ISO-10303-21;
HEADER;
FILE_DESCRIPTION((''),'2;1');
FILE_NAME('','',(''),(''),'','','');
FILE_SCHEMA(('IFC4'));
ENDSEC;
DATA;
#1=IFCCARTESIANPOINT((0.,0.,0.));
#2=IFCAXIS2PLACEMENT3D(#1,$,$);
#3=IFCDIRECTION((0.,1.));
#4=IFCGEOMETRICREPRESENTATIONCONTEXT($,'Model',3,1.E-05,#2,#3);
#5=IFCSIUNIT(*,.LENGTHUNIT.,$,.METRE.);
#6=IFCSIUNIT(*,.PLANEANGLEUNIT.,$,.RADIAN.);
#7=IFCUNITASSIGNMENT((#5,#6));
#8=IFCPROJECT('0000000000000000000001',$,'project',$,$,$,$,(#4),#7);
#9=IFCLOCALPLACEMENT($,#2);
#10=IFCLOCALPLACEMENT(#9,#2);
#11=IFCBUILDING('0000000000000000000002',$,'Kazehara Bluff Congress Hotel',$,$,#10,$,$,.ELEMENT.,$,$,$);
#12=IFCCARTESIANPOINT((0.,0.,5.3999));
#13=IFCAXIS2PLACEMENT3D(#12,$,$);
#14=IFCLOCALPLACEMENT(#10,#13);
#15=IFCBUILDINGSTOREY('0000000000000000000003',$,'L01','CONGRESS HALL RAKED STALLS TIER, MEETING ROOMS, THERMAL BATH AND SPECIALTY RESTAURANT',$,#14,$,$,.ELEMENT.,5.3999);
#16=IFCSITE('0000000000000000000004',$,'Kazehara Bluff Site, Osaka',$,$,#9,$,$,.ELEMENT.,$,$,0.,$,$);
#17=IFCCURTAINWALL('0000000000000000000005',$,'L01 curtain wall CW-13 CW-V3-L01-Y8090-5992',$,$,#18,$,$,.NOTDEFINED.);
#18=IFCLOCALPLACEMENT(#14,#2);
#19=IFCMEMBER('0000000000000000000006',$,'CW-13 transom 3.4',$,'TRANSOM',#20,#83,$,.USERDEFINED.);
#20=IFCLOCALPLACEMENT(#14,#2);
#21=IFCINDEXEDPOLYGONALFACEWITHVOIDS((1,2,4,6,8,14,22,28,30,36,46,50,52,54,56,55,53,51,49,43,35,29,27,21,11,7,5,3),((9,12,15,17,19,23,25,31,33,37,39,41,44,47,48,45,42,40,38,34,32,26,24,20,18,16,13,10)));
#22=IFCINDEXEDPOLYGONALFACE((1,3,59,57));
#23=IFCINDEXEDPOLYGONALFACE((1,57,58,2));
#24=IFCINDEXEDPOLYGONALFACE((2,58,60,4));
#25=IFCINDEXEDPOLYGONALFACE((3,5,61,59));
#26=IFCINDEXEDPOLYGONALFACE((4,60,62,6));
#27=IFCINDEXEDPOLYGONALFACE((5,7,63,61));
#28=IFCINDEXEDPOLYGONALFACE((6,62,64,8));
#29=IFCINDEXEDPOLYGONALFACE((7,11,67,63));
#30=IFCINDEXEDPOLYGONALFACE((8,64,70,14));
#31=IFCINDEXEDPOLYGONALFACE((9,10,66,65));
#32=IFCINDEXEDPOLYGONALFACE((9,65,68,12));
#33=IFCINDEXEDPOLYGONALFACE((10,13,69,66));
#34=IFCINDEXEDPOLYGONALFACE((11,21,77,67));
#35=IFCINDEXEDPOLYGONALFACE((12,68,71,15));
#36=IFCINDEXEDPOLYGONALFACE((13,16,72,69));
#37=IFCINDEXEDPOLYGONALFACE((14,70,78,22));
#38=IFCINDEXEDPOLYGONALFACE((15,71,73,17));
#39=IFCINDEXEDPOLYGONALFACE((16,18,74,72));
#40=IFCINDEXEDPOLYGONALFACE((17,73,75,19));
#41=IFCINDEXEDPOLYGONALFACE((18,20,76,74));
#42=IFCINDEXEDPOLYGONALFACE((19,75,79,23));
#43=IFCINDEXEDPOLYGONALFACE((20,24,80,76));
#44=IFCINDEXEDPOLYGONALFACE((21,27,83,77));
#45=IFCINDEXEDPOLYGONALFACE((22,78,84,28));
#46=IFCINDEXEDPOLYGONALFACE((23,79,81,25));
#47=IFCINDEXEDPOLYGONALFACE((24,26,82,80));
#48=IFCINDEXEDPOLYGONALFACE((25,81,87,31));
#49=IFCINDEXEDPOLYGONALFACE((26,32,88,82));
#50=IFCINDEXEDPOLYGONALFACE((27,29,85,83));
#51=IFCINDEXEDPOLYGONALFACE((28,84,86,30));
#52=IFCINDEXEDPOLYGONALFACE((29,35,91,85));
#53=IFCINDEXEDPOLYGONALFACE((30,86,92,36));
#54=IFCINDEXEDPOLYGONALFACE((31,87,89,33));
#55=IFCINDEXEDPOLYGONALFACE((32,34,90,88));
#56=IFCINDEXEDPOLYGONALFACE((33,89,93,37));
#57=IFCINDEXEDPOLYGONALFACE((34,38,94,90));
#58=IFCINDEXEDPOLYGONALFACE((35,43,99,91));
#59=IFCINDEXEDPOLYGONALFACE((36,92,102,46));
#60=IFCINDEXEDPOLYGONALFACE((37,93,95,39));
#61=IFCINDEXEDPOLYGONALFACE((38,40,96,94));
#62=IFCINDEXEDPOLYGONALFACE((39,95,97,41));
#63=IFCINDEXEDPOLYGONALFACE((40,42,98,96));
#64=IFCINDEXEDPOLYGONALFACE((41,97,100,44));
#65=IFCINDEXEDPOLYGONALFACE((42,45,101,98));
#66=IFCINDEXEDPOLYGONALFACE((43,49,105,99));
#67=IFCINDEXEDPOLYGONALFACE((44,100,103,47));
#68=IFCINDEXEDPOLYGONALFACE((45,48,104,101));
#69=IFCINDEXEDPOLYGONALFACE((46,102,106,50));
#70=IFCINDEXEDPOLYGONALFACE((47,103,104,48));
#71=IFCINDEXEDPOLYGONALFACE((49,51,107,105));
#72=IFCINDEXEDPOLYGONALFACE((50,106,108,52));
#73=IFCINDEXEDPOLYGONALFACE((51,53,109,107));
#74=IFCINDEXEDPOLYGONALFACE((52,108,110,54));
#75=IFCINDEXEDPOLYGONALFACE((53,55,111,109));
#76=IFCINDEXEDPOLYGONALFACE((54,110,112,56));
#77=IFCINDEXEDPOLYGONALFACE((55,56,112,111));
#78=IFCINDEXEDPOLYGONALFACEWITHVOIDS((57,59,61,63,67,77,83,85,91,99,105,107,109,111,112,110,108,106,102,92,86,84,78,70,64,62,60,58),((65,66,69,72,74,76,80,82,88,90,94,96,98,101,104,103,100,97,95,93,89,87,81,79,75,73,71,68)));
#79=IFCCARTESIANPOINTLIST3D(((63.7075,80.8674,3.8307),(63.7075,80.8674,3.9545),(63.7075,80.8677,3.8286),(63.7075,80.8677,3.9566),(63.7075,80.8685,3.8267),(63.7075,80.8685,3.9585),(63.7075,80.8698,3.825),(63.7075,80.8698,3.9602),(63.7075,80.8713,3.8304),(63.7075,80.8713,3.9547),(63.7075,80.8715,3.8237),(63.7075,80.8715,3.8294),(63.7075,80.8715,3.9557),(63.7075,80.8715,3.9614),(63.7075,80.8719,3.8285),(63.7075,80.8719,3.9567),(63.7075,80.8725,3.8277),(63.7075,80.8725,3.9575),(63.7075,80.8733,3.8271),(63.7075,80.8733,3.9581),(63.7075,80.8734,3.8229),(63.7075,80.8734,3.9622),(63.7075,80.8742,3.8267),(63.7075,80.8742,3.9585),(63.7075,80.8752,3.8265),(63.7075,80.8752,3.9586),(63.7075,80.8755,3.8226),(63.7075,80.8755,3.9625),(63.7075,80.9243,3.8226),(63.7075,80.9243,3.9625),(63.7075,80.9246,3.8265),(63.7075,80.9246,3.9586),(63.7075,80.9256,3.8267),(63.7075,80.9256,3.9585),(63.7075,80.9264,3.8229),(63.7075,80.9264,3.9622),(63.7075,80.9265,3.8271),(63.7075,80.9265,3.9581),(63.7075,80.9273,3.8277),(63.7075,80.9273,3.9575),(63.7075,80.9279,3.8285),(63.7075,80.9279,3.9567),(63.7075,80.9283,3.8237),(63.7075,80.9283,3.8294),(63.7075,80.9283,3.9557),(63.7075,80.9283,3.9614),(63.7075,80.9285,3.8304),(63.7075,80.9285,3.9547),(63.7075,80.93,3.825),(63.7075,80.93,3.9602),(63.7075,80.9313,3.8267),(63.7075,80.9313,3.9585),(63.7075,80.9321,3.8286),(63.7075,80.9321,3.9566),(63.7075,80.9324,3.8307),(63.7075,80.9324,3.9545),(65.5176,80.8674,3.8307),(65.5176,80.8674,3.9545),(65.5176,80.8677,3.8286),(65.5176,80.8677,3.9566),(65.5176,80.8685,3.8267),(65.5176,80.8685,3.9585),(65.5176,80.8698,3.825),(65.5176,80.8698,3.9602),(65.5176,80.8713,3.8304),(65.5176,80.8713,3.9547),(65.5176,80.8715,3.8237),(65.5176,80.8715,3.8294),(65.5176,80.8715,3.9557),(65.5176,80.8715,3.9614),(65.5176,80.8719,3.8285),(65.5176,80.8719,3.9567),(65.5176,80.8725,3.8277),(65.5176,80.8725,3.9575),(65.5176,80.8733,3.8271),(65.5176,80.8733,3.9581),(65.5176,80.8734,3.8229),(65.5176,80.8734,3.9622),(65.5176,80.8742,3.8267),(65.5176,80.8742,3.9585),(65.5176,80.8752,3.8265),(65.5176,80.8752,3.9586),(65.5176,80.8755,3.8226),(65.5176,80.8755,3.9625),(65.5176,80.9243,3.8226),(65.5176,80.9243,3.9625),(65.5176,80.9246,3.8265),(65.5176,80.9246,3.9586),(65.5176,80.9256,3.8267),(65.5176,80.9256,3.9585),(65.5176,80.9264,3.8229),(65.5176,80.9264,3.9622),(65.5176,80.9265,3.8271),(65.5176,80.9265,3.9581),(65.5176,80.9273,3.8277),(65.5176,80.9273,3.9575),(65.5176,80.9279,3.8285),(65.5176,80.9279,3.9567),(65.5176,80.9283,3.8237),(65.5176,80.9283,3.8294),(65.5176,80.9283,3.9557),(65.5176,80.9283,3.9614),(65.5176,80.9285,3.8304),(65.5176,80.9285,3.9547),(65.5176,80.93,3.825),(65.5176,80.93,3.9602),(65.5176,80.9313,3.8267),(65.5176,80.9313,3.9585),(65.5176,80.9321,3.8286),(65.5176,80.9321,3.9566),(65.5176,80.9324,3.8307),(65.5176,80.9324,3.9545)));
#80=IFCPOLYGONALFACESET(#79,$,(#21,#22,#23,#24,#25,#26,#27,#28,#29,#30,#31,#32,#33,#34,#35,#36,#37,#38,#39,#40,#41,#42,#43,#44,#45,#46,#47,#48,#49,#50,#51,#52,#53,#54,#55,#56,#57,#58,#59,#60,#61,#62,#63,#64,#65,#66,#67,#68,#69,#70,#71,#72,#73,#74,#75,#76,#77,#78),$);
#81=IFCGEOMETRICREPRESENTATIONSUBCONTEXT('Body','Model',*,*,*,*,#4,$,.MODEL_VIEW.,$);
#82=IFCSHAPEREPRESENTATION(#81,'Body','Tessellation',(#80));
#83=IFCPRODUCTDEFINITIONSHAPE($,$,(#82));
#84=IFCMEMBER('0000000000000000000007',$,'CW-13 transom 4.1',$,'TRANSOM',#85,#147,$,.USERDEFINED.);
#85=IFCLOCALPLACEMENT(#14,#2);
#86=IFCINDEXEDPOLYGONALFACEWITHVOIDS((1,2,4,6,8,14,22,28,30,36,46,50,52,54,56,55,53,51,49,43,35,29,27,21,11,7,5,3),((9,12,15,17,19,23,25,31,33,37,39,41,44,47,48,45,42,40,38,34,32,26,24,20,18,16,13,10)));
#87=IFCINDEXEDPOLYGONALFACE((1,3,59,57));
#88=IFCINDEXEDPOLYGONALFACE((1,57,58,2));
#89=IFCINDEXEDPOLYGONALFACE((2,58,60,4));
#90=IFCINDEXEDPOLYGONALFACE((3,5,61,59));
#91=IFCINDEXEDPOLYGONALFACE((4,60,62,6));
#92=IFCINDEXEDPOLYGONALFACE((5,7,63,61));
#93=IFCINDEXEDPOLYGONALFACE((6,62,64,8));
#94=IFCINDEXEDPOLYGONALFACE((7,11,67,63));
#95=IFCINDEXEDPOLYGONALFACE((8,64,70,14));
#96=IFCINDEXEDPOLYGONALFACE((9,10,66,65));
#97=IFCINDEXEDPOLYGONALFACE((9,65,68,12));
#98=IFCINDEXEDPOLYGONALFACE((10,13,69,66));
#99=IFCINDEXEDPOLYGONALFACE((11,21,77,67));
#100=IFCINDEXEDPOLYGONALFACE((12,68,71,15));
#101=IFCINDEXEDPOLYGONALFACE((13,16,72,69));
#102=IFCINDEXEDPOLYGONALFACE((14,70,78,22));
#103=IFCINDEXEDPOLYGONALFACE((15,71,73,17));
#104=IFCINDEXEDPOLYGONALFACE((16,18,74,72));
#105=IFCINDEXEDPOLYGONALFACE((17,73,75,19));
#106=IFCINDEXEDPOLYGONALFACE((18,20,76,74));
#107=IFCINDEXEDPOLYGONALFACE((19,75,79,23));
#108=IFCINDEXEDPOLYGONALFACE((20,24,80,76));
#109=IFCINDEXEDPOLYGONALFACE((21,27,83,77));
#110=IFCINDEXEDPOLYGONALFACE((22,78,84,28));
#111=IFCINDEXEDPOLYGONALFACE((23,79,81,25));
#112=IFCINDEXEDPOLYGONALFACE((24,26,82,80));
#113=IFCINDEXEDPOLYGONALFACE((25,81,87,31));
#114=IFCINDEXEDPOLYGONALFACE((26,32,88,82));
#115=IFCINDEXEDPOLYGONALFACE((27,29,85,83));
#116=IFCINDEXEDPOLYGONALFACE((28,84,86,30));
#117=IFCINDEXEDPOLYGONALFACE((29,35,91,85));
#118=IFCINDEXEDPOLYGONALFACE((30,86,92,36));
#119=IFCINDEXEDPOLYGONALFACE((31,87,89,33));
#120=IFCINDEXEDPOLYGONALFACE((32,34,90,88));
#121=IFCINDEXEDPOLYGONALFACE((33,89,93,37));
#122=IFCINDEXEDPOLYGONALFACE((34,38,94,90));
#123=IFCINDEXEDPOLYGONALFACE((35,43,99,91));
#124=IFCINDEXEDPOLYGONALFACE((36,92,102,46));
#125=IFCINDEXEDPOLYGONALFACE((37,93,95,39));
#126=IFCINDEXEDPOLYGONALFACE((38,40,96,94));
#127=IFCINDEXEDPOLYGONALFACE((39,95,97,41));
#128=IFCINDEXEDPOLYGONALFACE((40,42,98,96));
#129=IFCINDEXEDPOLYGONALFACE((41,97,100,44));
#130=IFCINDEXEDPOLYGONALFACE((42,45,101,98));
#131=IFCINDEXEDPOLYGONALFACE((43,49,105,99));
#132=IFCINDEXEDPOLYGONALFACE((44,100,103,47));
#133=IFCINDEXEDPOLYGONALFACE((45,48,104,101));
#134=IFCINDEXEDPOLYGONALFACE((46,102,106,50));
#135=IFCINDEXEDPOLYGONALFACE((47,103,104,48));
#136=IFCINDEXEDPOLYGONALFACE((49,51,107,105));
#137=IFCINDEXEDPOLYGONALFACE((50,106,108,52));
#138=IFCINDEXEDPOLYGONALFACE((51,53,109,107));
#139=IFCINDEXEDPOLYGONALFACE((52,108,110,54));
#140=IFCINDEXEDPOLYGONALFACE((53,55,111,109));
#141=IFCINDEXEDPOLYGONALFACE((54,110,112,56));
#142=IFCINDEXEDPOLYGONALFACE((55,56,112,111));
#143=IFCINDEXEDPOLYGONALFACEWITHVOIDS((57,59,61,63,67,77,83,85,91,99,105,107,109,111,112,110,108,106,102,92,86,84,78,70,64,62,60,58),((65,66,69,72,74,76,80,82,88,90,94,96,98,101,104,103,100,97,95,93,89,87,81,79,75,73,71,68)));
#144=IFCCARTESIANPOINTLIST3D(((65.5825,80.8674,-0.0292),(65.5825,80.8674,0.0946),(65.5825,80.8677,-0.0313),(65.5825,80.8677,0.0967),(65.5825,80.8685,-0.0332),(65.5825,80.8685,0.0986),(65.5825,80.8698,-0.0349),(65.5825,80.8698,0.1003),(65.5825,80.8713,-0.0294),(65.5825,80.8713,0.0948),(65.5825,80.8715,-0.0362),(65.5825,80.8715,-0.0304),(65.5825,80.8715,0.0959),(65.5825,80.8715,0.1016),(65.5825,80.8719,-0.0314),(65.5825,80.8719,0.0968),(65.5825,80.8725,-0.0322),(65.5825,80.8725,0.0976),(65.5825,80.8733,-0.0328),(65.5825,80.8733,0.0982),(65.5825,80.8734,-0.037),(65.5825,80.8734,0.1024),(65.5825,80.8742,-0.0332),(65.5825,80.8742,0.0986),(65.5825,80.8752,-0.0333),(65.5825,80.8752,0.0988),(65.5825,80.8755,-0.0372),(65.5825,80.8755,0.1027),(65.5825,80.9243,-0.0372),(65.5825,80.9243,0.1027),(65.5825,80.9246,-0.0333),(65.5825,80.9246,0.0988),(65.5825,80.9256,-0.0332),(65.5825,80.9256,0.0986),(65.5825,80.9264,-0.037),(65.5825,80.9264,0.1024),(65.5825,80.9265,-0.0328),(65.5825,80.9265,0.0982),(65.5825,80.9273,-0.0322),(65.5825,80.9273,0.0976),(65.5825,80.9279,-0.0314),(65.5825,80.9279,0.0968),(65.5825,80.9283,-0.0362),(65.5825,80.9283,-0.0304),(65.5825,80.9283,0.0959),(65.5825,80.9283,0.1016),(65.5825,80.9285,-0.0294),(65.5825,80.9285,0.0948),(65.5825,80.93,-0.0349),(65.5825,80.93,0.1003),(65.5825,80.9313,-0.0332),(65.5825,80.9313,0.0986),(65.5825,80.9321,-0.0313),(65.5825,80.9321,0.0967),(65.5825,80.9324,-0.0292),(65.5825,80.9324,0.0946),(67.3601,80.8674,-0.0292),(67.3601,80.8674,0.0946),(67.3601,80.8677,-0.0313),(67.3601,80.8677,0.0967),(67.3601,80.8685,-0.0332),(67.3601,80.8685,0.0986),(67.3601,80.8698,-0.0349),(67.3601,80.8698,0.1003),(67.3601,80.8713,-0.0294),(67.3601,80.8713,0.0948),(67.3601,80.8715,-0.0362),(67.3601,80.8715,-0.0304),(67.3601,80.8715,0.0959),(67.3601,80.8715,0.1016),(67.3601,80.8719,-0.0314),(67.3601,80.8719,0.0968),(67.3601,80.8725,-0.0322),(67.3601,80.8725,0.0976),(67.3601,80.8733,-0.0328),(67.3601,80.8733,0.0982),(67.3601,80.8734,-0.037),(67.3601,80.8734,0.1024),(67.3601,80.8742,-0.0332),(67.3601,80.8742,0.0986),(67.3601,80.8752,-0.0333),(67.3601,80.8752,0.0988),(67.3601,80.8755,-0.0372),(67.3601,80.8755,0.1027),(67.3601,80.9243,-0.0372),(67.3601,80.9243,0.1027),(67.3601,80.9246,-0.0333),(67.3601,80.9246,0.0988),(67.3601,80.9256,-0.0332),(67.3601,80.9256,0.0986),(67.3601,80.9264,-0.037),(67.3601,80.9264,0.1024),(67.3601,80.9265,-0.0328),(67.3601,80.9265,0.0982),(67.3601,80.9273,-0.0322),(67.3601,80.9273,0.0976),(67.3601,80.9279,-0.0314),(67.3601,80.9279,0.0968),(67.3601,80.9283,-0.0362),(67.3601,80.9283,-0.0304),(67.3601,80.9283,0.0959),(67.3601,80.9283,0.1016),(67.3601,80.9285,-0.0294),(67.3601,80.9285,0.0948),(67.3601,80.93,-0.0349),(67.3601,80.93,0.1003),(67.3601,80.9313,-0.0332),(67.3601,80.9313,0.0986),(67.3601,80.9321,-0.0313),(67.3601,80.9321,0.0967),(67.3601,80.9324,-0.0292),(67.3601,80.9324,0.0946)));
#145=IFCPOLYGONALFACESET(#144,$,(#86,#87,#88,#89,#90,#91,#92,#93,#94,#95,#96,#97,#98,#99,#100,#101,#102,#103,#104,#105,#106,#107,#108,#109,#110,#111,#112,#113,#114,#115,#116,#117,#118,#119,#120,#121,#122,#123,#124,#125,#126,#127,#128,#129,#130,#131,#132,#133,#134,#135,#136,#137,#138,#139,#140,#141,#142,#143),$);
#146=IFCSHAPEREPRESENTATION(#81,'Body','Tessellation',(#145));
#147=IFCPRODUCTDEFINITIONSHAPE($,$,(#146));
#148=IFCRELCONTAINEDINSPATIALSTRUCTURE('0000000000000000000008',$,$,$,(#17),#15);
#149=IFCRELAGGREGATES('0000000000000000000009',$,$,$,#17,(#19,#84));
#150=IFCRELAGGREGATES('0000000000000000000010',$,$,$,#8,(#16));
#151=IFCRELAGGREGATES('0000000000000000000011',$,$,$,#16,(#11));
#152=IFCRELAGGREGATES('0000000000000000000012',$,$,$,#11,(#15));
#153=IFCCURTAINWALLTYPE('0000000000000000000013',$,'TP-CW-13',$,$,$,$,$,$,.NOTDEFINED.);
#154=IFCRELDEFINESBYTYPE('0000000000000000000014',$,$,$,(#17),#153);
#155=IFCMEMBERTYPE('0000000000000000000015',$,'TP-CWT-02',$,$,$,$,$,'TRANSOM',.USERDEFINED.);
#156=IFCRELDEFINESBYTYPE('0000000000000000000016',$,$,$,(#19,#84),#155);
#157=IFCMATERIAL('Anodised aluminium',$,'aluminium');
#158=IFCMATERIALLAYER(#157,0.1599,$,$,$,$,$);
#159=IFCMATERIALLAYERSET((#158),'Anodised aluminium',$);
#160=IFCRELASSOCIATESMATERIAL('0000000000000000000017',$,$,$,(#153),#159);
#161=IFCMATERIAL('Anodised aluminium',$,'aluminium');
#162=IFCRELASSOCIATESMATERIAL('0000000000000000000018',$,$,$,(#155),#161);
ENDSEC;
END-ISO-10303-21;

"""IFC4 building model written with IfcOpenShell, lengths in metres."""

from ifc_helpers import new_model, si_unit, direction, frame, origin, origin_2d, place, context, subcontext, project, spatial, hollow_rectangle, extrude, material, layer, layer_set, material_profile, profile_set, type_object, element, aggregate, save


model = new_model("IFC4")

# Units and contexts
model_context = context("Model", 3, precision=1e-05, world=origin(), true_north=direction((0.0, 1.0)))
body_context = subcontext(model_context, "Body", "Model", "MODEL_VIEW")
ifc_project = project(units=[si_unit("LENGTHUNIT", "METRE"), si_unit("PLANEANGLEUNIT", "RADIAN")], contexts=[model_context])

# Site, building, storey
site_placement = place(None, origin())
site = spatial("IfcSite", under=ifc_project, at=site_placement, Name="Kazehara Bluff Site, Osaka", CompositionType="ELEMENT", RefElevation=0.0)
building_placement = place(site_placement, origin())
building = spatial("IfcBuilding", under=site, at=building_placement, Name="Kazehara Bluff Congress Hotel", CompositionType="ELEMENT")
storey_placement = place(building_placement, frame((0.0, 0.0, 5.3999)))
storey = spatial("IfcBuildingStorey", under=building, at=storey_placement, Name="L01", Description="CONGRESS HALL RAKED STALLS TIER, MEETING ROOMS, THERMAL BATH AND SPECIALTY RESTAURANT", CompositionType="ELEMENT", Elevation=5.3999)

# Curtain wall
ifc_material_1 = material(Name="Anodised aluminium", Category="aluminium")
ifc_layer_1 = layer(ifc_material_1, 0.1599)
ifc_layer_set_1 = layer_set([ifc_layer_1], Name="Anodised aluminium")
curtain_wall_type_1 = type_object("IfcCurtainWallType", Name="TP-CW-13", PredefinedType="NOTDEFINED", material=ifc_layer_set_1)
curtain_wall_1_placement = place(storey_placement, origin())
curtain_wall_1 = element("IfcCurtainWall", 1, at=curtain_wall_1_placement, inside=storey, type_object=curtain_wall_type_1, Name="L01 curtain wall CW-13 CW-V3-L01-Y8090-5992", PredefinedType="NOTDEFINED")
ifc_material_2 = material(Name="Anodised aluminium", Category="aluminium")
ifc_material_profile_1 = material_profile(ifc_material_2, hollow_rectangle(XDim=0.0649, YDim=0.1399, WallThickness=0.0039, InnerFilletRadius=0.0039, OuterFilletRadius=0.0081, at=origin_2d()))
ifc_profile_set_1 = profile_set([ifc_material_profile_1], Name="Anodised aluminium")
member_type_1 = type_object("IfcMemberType", Name="TP-CWT-02", ElementType="TRANSOM", PredefinedType="USERDEFINED", material=ifc_profile_set_1)

# Members
member_1_placement = place(storey_placement, frame((63.7075, 80.8999, 3.8926), z_axis=(1.0, 0.0, 0.0), x_axis=(0.0, 1.0, 0.0)))
member_1 = element("IfcMember", 2, at=member_1_placement, type_object=member_type_1, Name="CW-13 transom 3.4", ObjectType="TRANSOM", PredefinedType="USERDEFINED", context=body_context, shape_type="SweptSolid", body=[
    extrude(hollow_rectangle(XDim=0.0649, YDim=0.1399, WallThickness=0.0039, InnerFilletRadius=0.0039, OuterFilletRadius=0.0081, at=origin_2d()), origin(), (0.0, 0.0, 1.0), 1.8101),
])
member_2_placement = place(storey_placement, frame((65.5825, 80.8999, 0.0327), z_axis=(1.0, 0.0, 0.0), x_axis=(0.0, 1.0, 0.0)))
member_2 = element("IfcMember", 3, at=member_2_placement, type_object=member_type_1, Name="CW-13 transom 4.1", ObjectType="TRANSOM", PredefinedType="USERDEFINED", context=body_context, shape_type="SweptSolid", body=[
    extrude(hollow_rectangle(XDim=0.0649, YDim=0.1399, WallThickness=0.0039, InnerFilletRadius=0.0039, OuterFilletRadius=0.0081, at=origin_2d()), origin(), (0.0, 0.0, 1.0), 1.7776),
])

aggregate(curtain_wall_1, [member_1, member_2])

save(model, "model.ifc")
